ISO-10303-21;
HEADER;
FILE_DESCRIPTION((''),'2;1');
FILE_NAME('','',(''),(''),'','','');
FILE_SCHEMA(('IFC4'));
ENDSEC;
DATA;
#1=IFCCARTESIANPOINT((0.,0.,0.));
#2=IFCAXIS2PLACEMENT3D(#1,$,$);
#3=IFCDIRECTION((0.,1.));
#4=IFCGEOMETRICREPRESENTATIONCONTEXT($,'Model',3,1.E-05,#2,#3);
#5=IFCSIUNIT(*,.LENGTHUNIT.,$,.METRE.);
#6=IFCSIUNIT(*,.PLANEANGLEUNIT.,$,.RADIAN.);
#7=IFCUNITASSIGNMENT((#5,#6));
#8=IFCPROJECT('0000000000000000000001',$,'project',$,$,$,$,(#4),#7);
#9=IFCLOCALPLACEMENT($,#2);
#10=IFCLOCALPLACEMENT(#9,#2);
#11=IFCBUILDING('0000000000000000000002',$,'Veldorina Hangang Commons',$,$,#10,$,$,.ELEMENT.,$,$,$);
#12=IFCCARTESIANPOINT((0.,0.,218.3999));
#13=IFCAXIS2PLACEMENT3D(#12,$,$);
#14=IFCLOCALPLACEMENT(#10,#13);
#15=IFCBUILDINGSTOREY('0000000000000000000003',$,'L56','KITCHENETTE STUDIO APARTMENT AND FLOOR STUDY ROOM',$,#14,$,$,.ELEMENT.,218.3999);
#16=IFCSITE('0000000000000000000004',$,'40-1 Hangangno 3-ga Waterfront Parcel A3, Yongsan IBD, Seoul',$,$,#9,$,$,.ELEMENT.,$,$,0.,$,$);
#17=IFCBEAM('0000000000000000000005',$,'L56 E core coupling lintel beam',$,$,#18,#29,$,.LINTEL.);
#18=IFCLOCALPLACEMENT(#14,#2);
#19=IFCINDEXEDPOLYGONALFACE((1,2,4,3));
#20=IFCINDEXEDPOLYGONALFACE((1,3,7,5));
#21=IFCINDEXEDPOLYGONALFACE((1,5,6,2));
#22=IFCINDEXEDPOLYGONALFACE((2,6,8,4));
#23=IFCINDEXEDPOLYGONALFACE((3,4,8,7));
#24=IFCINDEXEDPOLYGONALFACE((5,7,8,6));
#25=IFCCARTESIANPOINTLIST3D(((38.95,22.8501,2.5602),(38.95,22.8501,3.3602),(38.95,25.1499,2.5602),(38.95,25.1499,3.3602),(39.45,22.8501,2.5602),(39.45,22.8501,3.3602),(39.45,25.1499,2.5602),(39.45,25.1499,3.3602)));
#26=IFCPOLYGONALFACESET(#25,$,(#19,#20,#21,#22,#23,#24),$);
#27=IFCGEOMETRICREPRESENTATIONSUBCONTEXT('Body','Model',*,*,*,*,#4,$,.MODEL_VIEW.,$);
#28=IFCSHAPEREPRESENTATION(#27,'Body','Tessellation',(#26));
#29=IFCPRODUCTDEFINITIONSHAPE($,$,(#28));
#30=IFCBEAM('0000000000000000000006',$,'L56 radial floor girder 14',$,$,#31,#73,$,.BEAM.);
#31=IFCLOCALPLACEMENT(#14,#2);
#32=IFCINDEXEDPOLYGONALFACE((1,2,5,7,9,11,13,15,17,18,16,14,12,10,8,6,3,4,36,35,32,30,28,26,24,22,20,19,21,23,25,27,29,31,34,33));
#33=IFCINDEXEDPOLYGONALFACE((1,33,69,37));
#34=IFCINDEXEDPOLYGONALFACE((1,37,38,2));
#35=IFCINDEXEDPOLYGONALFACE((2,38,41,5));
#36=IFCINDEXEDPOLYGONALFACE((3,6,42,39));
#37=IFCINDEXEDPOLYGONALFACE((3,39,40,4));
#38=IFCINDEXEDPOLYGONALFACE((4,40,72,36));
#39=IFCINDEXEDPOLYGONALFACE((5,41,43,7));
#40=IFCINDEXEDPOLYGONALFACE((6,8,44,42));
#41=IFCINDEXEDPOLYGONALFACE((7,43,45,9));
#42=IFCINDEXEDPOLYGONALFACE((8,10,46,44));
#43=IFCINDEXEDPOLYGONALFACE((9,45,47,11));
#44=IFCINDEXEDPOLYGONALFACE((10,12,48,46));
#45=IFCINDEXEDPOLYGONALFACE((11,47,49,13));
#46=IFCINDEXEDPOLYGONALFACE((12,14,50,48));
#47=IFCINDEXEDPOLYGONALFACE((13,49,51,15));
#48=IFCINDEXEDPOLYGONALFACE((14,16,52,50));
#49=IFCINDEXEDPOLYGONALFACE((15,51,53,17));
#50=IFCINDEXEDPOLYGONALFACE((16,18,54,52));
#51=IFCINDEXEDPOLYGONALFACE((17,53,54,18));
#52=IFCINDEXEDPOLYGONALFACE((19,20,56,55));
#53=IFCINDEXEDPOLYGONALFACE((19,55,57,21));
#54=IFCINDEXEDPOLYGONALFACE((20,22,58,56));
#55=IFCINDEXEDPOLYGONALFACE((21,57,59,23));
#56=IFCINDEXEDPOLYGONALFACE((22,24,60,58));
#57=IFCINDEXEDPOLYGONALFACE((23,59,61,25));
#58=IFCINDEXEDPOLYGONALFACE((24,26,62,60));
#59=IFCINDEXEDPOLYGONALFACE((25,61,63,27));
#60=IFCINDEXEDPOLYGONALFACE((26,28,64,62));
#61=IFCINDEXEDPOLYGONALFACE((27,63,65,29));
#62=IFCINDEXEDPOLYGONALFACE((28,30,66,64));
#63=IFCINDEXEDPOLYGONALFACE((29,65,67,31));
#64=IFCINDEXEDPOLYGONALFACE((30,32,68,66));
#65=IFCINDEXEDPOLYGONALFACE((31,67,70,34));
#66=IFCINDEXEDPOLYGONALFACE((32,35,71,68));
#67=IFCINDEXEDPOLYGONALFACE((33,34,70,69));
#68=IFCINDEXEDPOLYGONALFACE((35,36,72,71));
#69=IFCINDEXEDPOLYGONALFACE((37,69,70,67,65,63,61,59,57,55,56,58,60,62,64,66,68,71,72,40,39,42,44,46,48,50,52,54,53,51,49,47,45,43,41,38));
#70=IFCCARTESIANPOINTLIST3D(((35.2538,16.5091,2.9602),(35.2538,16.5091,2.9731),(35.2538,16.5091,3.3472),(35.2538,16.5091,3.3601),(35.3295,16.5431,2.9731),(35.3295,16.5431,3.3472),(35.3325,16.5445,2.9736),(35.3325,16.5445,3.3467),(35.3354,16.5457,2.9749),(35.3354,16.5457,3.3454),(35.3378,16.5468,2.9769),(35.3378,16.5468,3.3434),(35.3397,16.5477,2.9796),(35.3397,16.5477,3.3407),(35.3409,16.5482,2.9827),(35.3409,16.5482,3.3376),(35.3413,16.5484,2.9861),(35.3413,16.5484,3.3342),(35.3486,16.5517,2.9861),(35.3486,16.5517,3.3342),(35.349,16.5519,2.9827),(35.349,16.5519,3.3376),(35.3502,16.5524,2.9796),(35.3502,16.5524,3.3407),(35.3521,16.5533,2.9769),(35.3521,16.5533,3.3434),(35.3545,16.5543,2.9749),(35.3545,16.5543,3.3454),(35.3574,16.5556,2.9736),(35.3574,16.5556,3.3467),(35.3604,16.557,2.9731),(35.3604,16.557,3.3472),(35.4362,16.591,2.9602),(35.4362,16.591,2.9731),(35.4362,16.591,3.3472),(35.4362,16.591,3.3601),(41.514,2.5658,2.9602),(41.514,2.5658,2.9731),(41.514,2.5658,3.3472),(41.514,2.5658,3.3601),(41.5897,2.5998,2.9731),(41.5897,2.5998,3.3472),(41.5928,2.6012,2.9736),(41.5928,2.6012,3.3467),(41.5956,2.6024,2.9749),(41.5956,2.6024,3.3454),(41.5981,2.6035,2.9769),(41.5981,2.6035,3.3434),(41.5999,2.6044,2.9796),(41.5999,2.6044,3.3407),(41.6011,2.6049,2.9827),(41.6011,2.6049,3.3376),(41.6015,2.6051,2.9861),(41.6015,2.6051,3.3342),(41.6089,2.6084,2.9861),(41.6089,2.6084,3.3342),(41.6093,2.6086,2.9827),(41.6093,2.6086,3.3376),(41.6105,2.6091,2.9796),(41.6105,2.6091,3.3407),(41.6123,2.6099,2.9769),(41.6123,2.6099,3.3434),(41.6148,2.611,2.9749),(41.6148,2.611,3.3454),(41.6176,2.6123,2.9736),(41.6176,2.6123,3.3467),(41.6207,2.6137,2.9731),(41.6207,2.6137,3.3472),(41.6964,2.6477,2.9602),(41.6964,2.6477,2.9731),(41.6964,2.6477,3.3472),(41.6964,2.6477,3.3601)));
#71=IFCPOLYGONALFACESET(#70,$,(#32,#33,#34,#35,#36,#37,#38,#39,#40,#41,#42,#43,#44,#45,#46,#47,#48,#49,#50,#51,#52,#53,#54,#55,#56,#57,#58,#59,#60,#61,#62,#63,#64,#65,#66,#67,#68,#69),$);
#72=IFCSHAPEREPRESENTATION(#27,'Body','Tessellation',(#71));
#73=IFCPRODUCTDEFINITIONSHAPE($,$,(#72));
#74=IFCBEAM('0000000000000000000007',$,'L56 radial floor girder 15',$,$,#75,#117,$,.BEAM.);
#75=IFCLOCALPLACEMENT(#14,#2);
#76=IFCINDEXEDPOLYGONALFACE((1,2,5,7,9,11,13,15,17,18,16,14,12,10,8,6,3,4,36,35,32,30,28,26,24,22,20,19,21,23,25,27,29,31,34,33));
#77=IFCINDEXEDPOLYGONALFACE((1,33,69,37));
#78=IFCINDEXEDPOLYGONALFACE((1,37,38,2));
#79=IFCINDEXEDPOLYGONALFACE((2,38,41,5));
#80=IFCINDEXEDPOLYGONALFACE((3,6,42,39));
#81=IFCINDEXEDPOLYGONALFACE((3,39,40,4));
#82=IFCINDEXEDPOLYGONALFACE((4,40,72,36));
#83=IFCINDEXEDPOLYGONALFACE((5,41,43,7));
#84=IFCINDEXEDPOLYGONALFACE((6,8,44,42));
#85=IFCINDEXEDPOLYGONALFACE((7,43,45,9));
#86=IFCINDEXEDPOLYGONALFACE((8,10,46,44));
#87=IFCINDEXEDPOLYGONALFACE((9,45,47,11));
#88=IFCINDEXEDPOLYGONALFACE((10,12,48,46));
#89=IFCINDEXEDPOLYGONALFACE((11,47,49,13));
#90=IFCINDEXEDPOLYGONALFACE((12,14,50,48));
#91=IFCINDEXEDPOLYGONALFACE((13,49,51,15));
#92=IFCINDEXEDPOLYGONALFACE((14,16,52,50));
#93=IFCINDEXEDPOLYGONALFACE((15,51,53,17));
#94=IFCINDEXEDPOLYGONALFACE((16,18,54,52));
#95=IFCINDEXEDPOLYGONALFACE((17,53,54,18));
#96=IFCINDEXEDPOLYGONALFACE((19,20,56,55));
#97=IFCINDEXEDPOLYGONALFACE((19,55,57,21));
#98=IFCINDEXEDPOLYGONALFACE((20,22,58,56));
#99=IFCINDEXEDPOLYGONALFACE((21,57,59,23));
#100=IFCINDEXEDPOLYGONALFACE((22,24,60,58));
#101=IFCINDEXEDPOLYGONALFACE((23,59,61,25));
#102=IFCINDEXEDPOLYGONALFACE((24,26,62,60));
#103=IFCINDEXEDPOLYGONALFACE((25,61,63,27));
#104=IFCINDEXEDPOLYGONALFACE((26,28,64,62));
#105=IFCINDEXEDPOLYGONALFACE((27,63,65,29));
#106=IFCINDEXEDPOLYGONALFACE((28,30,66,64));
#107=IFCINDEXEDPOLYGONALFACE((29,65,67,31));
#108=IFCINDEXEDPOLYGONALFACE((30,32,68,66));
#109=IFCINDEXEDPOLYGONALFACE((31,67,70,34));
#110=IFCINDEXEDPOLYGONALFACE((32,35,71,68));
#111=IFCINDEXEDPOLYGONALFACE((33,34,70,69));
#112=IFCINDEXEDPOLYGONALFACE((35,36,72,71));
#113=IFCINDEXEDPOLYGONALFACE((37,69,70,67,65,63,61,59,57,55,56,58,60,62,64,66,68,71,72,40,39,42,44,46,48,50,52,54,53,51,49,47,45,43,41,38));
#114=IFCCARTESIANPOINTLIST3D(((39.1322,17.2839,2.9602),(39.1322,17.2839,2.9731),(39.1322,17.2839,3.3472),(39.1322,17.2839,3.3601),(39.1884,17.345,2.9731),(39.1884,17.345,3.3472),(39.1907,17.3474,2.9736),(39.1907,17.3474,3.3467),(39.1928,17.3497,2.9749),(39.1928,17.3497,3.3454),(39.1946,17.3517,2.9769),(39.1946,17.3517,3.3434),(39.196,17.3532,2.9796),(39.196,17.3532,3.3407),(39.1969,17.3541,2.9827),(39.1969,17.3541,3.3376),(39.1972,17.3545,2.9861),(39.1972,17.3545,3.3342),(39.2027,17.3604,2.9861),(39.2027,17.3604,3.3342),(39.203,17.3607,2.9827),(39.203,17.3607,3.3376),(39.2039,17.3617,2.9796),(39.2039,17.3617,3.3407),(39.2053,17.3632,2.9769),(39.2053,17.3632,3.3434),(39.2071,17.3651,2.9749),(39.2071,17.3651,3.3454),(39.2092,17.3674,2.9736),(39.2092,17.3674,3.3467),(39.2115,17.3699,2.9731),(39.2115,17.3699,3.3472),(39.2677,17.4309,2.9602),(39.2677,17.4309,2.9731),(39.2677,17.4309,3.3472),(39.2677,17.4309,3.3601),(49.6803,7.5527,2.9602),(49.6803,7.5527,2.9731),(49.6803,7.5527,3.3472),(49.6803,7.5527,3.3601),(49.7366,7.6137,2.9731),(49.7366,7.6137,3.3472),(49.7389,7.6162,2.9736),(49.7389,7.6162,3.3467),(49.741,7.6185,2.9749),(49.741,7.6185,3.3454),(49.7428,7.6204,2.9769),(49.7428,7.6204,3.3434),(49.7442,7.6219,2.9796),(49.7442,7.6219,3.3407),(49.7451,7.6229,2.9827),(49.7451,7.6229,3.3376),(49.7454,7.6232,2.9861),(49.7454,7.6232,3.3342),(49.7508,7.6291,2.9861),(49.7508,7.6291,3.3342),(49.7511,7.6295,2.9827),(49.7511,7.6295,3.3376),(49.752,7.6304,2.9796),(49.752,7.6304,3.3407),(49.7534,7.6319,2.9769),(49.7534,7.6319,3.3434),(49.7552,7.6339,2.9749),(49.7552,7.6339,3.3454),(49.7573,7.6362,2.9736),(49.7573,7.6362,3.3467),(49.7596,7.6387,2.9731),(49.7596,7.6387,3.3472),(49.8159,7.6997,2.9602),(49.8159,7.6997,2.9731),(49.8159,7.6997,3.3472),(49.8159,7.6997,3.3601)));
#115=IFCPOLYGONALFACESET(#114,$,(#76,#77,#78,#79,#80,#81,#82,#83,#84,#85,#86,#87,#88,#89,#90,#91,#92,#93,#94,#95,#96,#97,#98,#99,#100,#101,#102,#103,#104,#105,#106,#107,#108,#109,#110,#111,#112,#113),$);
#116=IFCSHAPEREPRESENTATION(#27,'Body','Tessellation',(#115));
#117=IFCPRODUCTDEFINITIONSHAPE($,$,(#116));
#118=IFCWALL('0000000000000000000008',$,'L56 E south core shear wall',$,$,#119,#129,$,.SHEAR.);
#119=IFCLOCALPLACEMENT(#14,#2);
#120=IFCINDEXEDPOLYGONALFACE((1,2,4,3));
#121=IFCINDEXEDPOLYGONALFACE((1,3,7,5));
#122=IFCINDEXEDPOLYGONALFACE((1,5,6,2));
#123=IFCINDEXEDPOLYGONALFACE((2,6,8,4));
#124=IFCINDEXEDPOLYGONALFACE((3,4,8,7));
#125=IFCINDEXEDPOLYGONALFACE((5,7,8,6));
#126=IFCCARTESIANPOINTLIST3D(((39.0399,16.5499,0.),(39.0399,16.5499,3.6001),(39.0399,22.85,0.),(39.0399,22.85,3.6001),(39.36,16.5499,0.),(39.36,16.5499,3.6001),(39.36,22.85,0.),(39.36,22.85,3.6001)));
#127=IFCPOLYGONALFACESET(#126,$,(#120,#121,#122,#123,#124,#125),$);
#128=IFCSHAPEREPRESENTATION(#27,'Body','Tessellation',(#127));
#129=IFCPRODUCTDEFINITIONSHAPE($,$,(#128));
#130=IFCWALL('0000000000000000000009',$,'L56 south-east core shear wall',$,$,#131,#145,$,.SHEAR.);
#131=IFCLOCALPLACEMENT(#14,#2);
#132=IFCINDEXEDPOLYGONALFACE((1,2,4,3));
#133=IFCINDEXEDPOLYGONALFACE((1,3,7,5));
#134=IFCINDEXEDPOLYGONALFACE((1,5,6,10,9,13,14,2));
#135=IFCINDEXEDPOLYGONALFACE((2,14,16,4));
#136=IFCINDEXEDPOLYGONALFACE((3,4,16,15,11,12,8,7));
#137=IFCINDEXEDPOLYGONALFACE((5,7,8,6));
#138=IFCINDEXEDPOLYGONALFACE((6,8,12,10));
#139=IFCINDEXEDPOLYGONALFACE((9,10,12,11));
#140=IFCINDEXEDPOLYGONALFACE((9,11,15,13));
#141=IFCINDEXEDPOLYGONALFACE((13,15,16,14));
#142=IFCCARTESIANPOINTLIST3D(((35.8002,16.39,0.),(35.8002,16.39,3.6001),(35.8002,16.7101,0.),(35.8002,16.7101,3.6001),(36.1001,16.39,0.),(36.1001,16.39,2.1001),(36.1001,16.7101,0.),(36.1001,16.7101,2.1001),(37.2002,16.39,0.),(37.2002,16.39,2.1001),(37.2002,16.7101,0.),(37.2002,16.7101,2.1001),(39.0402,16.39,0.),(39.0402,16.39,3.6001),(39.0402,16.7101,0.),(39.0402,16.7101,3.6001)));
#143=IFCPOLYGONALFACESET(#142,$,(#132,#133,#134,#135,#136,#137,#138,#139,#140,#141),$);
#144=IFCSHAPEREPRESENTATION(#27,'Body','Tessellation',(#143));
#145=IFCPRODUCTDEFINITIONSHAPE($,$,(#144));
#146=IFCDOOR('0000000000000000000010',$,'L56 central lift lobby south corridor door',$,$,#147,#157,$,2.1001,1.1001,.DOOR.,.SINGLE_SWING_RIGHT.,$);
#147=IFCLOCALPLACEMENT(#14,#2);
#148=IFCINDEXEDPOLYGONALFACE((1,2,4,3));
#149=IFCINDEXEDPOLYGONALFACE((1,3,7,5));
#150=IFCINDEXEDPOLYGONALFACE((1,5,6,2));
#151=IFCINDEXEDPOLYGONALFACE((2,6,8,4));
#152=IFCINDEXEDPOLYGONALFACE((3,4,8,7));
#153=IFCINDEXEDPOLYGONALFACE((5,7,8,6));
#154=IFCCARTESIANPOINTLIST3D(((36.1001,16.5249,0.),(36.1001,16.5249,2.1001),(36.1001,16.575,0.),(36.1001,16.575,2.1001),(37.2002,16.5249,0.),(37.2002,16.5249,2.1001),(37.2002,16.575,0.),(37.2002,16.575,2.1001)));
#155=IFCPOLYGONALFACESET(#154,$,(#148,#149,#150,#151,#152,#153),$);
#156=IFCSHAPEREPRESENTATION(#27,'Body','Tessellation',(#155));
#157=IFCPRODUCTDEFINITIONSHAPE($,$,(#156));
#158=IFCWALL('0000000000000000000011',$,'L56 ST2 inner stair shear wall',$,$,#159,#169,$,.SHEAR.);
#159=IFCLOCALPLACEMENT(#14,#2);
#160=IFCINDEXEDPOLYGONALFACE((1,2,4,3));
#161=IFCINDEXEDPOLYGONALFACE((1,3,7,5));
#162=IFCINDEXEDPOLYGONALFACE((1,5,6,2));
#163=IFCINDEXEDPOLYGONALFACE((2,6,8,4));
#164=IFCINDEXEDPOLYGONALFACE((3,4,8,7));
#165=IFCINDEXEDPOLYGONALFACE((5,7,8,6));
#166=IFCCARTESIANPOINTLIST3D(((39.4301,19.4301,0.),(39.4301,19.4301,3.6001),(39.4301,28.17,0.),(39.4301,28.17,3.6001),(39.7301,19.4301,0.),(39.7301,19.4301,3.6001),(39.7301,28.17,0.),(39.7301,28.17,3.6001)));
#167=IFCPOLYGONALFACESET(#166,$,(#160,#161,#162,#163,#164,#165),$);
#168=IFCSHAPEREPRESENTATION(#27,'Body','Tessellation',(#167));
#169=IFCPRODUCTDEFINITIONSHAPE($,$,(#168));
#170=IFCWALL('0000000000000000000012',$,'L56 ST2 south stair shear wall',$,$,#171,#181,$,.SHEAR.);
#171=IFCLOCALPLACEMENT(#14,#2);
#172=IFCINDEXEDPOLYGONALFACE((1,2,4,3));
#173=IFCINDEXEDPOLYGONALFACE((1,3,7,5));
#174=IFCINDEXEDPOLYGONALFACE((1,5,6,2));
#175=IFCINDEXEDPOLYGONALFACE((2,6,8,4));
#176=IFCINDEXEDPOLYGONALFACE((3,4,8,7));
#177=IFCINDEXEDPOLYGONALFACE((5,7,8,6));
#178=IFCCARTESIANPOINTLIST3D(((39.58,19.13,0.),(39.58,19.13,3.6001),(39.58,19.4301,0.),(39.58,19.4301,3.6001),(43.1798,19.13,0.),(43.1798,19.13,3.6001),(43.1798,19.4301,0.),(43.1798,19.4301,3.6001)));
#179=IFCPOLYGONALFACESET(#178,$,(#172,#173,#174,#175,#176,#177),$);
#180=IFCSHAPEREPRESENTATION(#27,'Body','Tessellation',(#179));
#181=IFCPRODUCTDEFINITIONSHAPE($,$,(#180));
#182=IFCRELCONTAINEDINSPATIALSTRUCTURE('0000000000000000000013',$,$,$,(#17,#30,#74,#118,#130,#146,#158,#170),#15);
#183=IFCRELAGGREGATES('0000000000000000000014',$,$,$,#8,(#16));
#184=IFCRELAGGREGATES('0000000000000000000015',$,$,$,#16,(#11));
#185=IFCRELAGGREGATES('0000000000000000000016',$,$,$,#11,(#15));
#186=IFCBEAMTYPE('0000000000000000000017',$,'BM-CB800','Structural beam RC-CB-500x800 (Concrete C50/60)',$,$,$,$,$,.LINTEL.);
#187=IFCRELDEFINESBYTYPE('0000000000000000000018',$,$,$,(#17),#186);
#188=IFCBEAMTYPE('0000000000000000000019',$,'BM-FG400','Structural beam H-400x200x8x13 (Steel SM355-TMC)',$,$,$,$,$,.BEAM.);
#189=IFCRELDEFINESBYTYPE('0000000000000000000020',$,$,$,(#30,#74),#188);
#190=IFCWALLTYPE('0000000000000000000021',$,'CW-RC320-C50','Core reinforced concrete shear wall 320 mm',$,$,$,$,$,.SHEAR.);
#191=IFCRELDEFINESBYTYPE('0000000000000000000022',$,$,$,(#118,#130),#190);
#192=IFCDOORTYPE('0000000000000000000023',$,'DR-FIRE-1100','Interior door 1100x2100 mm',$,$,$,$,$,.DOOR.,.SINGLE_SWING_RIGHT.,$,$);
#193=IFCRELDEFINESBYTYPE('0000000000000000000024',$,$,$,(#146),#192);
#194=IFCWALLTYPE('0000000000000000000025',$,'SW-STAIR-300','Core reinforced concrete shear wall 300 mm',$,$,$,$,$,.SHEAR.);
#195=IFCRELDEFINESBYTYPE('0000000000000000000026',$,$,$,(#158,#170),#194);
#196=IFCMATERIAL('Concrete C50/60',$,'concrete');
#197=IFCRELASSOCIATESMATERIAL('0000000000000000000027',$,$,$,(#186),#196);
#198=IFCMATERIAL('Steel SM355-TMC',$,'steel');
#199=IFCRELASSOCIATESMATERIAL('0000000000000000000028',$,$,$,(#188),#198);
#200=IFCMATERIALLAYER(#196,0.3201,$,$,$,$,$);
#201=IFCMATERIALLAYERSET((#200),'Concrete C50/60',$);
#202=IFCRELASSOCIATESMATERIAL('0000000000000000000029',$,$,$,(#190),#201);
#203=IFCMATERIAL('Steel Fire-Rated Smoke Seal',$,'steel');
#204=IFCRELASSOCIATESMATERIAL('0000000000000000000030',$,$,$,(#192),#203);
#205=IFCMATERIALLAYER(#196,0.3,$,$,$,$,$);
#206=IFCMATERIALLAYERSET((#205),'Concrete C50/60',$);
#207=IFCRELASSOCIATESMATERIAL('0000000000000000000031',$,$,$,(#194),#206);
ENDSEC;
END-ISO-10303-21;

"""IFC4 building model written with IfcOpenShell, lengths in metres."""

from ifc_helpers import new_model, si_unit, direction, frame, frame_2d, origin, origin_2d, place, context, subcontext, project, spatial, rectangle, i_section, extrude, material, layer, layer_set, material_profile, profile_set, type_object, element, fill, save


model = new_model("IFC4")

# Units and contexts
model_context = context("Model", 3, precision=1e-05, world=origin(), true_north=direction((0.0, 1.0)))
body_context = subcontext(model_context, "Body", "Model", "MODEL_VIEW")
ifc_project = project(units=[si_unit("LENGTHUNIT", "METRE"), si_unit("PLANEANGLEUNIT", "RADIAN")], contexts=[model_context])

# Site, building, storey
site_placement = place(None, origin())
site = spatial("IfcSite", under=ifc_project, at=site_placement, Name="40-1 Hangangno 3-ga Waterfront Parcel A3, Yongsan IBD, Seoul", CompositionType="ELEMENT", RefElevation=0.0)
building_placement = place(site_placement, origin())
building = spatial("IfcBuilding", under=site, at=building_placement, Name="Veldorina Hangang Commons", CompositionType="ELEMENT")
storey_placement = place(building_placement, frame((0.0, 0.0, 218.3999)))
storey = spatial("IfcBuildingStorey", under=building, at=storey_placement, Name="L56", Description="KITCHENETTE STUDIO APARTMENT AND FLOOR STUDY ROOM", CompositionType="ELEMENT", Elevation=218.3999)

# Beams
ifc_material_1 = material(Name="Concrete C50/60", Category="concrete")
ifc_material_profile_1 = material_profile(ifc_material_1, rectangle(XDim=0.5, YDim=0.8, at=origin_2d()), Name="RC-CB-500x800")
ifc_profile_set_1 = profile_set([ifc_material_profile_1], Name="Concrete C50/60")
beam_type_1 = type_object("IfcBeamType", Name="BM-CB800", Description="Structural beam RC-CB-500x800 (Concrete C50/60)", PredefinedType="LINTEL", material=ifc_profile_set_1)
beam_1_placement = place(storey_placement, frame((39.2, 22.8501, 2.9602), z_axis=(0.0, 1.0, 0.0), x_axis=(-1.0, 0.0, 0.0)))
element("IfcBeam", 1, at=beam_1_placement, inside=storey, type_object=beam_type_1, Name="L56 E core coupling lintel beam", PredefinedType="LINTEL", context=body_context, shape_type="SweptSolid", body=[
    extrude(rectangle(XDim=0.5, YDim=0.8, at=origin_2d()), origin(), (0.0, 0.0, 1.0), 2.2998),
])
ifc_material_2 = material(Name="Steel SM355-TMC", Category="steel")
ifc_material_profile_2 = material_profile(ifc_material_2, i_section(OverallWidth=0.2, OverallDepth=0.3999, WebThickness=0.0081, FlangeThickness=0.0129, FilletRadius=0.0129, at=origin_2d()), Name="H-400x200x8x13")
ifc_profile_set_2 = profile_set([ifc_material_profile_2], Name="Steel SM355-TMC")
beam_type_2 = type_object("IfcBeamType", Name="BM-FG400", Description="Structural beam H-400x200x8x13 (Steel SM355-TMC)", PredefinedType="BEAM", material=ifc_profile_set_2)
beam_2_placement = place(storey_placement, frame((35.345, 16.55, 3.1602), z_axis=(0.409589, -0.91227, 0.0), x_axis=(0.91227, 0.409589, 0.0)))
element("IfcBeam", 2, at=beam_2_placement, inside=storey, type_object=beam_type_2, Name="L56 radial floor girder 14", PredefinedType="BEAM", context=body_context, shape_type="SweptSolid", body=[
    extrude(i_section(OverallWidth=0.2, OverallDepth=0.3999, WebThickness=0.0081, FlangeThickness=0.0129, FilletRadius=0.0129, at=origin_2d()), origin(), (0.0, 0.0, 1.0), 15.2842),
])
beam_3_placement = place(storey_placement, frame((39.2, 17.3574, 3.1602), z_axis=(0.734995, -0.678073, 0.0), x_axis=(0.678073, 0.734995, 0.0)))
element("IfcBeam", 3, at=beam_3_placement, inside=storey, type_object=beam_type_2, Name="L56 radial floor girder 15", PredefinedType="BEAM", context=body_context, shape_type="SweptSolid", body=[
    extrude(i_section(OverallWidth=0.2, OverallDepth=0.3999, WebThickness=0.0081, FlangeThickness=0.0129, FilletRadius=0.0129, at=origin_2d()), origin(), (0.0, 0.0, 1.0), 14.3513),
])

# Wall
ifc_layer_1 = layer(ifc_material_1, 0.3201)
ifc_layer_set_1 = layer_set([ifc_layer_1], Name="Concrete C50/60")
wall_type_1 = type_object("IfcWallType", Name="CW-RC320-C50", Description="Core reinforced concrete shear wall 320 mm", PredefinedType="SHEAR", material=ifc_layer_set_1)
wall_1_placement = place(storey_placement, frame((39.2, 16.55, 0.0), z_axis=(0.0, 0.0, 1.0), x_axis=(0.0, 1.0, 0.0)))
element("IfcWall", 4, at=wall_1_placement, inside=storey, type_object=wall_type_1, Name="L56 E south core shear wall", PredefinedType="SHEAR", context=body_context, shape_type="SweptSolid", body=[
    extrude(rectangle(XDim=6.3, YDim=0.3201, at=frame_2d((3.1499, 0.0))), origin(), (0.0, 0.0, 1.0), 3.6001),
])

# Wall, opening, door
wall_2_placement = place(storey_placement, frame((35.8, 16.55, 0.0), z_axis=(0.0, 0.0, 1.0), x_axis=(1.0, 0.0, 0.0)))
wall_2 = element("IfcWall", 5, at=wall_2_placement, inside=storey, type_object=wall_type_1, Name="L56 south-east core shear wall", PredefinedType="SHEAR", context=body_context, shape_type="SweptSolid", body=[
    extrude(rectangle(XDim=3.24, YDim=0.3201, at=frame_2d((1.6201, 0.0))), origin(), (0.0, 0.0, 1.0), 3.6001),
])
opening_1_placement = place(wall_2_placement, frame((0.3, 0.0, 0.0)))
opening_1 = element("IfcOpeningElement", 6, at=opening_1_placement, cuts=wall_2, PredefinedType="OPENING", context=body_context, shape_type="SweptSolid", body=[
    extrude(rectangle(XDim=1.1001, YDim=2.1001, at=frame_2d((0.55, 1.05))), frame((0.0, 0.1699, 0.0), z_axis=(0.0, -1.0, 0.0), x_axis=(1.0, 0.0, 0.0)), (0.0, 0.0, 1.0), 0.3401),
])
ifc_material_3 = material(Name="Steel Fire-Rated Smoke Seal", Category="steel")
door_type_1 = type_object("IfcDoorType", Name="DR-FIRE-1100", Description="Interior door 1100x2100 mm", OperationType="SINGLE_SWING_RIGHT", PredefinedType="DOOR", material=ifc_material_3)
door_1_placement = place(opening_1_placement, origin())
door_1 = element("IfcDoor", 7, at=door_1_placement, inside=storey, type_object=door_type_1, Name="L56 central lift lobby south corridor door", OperationType="SINGLE_SWING_RIGHT", OverallHeight=2.1001, OverallWidth=1.1001, PredefinedType="DOOR", context=body_context, shape_type="SweptSolid", body=[
    extrude(rectangle(XDim=1.1001, YDim=2.1001, at=frame_2d((0.55, 1.05))), frame((0.0, 0.0249, 0.0), z_axis=(0.0, -1.0, 0.0), x_axis=(1.0, 0.0, 0.0)), (0.0, 0.0, 1.0), 0.05),
])
fill(opening_1, door_1)

# Walls
ifc_layer_2 = layer(ifc_material_1, 0.3)
ifc_layer_set_2 = layer_set([ifc_layer_2], Name="Concrete C50/60")
wall_type_2 = type_object("IfcWallType", Name="SW-STAIR-300", Description="Core reinforced concrete shear wall 300 mm", PredefinedType="SHEAR", material=ifc_layer_set_2)
wall_3_placement = place(storey_placement, frame((39.5801, 19.4299, 0.0), z_axis=(0.0, 0.0, 1.0), x_axis=(0.0, 1.0, 0.0)))
element("IfcWall", 8, at=wall_3_placement, inside=storey, type_object=wall_type_2, Name="L56 ST2 inner stair shear wall", PredefinedType="SHEAR", context=body_context, shape_type="SweptSolid", body=[
    extrude(rectangle(XDim=8.74, YDim=0.3, at=frame_2d((4.3701, 0.0))), origin(), (0.0, 0.0, 1.0), 3.6001),
])
wall_4_placement = place(storey_placement, frame((39.5801, 19.28, 0.0), z_axis=(0.0, 0.0, 1.0), x_axis=(1.0, 0.0, 0.0)))
element("IfcWall", 9, at=wall_4_placement, inside=storey, type_object=wall_type_2, Name="L56 ST2 south stair shear wall", PredefinedType="SHEAR", context=body_context, shape_type="SweptSolid", body=[
    extrude(rectangle(XDim=3.5999, YDim=0.3, at=frame_2d((1.7998, 0.0))), origin(), (0.0, 0.0, 1.0), 3.6001),
])

save(model, "model.ifc")
